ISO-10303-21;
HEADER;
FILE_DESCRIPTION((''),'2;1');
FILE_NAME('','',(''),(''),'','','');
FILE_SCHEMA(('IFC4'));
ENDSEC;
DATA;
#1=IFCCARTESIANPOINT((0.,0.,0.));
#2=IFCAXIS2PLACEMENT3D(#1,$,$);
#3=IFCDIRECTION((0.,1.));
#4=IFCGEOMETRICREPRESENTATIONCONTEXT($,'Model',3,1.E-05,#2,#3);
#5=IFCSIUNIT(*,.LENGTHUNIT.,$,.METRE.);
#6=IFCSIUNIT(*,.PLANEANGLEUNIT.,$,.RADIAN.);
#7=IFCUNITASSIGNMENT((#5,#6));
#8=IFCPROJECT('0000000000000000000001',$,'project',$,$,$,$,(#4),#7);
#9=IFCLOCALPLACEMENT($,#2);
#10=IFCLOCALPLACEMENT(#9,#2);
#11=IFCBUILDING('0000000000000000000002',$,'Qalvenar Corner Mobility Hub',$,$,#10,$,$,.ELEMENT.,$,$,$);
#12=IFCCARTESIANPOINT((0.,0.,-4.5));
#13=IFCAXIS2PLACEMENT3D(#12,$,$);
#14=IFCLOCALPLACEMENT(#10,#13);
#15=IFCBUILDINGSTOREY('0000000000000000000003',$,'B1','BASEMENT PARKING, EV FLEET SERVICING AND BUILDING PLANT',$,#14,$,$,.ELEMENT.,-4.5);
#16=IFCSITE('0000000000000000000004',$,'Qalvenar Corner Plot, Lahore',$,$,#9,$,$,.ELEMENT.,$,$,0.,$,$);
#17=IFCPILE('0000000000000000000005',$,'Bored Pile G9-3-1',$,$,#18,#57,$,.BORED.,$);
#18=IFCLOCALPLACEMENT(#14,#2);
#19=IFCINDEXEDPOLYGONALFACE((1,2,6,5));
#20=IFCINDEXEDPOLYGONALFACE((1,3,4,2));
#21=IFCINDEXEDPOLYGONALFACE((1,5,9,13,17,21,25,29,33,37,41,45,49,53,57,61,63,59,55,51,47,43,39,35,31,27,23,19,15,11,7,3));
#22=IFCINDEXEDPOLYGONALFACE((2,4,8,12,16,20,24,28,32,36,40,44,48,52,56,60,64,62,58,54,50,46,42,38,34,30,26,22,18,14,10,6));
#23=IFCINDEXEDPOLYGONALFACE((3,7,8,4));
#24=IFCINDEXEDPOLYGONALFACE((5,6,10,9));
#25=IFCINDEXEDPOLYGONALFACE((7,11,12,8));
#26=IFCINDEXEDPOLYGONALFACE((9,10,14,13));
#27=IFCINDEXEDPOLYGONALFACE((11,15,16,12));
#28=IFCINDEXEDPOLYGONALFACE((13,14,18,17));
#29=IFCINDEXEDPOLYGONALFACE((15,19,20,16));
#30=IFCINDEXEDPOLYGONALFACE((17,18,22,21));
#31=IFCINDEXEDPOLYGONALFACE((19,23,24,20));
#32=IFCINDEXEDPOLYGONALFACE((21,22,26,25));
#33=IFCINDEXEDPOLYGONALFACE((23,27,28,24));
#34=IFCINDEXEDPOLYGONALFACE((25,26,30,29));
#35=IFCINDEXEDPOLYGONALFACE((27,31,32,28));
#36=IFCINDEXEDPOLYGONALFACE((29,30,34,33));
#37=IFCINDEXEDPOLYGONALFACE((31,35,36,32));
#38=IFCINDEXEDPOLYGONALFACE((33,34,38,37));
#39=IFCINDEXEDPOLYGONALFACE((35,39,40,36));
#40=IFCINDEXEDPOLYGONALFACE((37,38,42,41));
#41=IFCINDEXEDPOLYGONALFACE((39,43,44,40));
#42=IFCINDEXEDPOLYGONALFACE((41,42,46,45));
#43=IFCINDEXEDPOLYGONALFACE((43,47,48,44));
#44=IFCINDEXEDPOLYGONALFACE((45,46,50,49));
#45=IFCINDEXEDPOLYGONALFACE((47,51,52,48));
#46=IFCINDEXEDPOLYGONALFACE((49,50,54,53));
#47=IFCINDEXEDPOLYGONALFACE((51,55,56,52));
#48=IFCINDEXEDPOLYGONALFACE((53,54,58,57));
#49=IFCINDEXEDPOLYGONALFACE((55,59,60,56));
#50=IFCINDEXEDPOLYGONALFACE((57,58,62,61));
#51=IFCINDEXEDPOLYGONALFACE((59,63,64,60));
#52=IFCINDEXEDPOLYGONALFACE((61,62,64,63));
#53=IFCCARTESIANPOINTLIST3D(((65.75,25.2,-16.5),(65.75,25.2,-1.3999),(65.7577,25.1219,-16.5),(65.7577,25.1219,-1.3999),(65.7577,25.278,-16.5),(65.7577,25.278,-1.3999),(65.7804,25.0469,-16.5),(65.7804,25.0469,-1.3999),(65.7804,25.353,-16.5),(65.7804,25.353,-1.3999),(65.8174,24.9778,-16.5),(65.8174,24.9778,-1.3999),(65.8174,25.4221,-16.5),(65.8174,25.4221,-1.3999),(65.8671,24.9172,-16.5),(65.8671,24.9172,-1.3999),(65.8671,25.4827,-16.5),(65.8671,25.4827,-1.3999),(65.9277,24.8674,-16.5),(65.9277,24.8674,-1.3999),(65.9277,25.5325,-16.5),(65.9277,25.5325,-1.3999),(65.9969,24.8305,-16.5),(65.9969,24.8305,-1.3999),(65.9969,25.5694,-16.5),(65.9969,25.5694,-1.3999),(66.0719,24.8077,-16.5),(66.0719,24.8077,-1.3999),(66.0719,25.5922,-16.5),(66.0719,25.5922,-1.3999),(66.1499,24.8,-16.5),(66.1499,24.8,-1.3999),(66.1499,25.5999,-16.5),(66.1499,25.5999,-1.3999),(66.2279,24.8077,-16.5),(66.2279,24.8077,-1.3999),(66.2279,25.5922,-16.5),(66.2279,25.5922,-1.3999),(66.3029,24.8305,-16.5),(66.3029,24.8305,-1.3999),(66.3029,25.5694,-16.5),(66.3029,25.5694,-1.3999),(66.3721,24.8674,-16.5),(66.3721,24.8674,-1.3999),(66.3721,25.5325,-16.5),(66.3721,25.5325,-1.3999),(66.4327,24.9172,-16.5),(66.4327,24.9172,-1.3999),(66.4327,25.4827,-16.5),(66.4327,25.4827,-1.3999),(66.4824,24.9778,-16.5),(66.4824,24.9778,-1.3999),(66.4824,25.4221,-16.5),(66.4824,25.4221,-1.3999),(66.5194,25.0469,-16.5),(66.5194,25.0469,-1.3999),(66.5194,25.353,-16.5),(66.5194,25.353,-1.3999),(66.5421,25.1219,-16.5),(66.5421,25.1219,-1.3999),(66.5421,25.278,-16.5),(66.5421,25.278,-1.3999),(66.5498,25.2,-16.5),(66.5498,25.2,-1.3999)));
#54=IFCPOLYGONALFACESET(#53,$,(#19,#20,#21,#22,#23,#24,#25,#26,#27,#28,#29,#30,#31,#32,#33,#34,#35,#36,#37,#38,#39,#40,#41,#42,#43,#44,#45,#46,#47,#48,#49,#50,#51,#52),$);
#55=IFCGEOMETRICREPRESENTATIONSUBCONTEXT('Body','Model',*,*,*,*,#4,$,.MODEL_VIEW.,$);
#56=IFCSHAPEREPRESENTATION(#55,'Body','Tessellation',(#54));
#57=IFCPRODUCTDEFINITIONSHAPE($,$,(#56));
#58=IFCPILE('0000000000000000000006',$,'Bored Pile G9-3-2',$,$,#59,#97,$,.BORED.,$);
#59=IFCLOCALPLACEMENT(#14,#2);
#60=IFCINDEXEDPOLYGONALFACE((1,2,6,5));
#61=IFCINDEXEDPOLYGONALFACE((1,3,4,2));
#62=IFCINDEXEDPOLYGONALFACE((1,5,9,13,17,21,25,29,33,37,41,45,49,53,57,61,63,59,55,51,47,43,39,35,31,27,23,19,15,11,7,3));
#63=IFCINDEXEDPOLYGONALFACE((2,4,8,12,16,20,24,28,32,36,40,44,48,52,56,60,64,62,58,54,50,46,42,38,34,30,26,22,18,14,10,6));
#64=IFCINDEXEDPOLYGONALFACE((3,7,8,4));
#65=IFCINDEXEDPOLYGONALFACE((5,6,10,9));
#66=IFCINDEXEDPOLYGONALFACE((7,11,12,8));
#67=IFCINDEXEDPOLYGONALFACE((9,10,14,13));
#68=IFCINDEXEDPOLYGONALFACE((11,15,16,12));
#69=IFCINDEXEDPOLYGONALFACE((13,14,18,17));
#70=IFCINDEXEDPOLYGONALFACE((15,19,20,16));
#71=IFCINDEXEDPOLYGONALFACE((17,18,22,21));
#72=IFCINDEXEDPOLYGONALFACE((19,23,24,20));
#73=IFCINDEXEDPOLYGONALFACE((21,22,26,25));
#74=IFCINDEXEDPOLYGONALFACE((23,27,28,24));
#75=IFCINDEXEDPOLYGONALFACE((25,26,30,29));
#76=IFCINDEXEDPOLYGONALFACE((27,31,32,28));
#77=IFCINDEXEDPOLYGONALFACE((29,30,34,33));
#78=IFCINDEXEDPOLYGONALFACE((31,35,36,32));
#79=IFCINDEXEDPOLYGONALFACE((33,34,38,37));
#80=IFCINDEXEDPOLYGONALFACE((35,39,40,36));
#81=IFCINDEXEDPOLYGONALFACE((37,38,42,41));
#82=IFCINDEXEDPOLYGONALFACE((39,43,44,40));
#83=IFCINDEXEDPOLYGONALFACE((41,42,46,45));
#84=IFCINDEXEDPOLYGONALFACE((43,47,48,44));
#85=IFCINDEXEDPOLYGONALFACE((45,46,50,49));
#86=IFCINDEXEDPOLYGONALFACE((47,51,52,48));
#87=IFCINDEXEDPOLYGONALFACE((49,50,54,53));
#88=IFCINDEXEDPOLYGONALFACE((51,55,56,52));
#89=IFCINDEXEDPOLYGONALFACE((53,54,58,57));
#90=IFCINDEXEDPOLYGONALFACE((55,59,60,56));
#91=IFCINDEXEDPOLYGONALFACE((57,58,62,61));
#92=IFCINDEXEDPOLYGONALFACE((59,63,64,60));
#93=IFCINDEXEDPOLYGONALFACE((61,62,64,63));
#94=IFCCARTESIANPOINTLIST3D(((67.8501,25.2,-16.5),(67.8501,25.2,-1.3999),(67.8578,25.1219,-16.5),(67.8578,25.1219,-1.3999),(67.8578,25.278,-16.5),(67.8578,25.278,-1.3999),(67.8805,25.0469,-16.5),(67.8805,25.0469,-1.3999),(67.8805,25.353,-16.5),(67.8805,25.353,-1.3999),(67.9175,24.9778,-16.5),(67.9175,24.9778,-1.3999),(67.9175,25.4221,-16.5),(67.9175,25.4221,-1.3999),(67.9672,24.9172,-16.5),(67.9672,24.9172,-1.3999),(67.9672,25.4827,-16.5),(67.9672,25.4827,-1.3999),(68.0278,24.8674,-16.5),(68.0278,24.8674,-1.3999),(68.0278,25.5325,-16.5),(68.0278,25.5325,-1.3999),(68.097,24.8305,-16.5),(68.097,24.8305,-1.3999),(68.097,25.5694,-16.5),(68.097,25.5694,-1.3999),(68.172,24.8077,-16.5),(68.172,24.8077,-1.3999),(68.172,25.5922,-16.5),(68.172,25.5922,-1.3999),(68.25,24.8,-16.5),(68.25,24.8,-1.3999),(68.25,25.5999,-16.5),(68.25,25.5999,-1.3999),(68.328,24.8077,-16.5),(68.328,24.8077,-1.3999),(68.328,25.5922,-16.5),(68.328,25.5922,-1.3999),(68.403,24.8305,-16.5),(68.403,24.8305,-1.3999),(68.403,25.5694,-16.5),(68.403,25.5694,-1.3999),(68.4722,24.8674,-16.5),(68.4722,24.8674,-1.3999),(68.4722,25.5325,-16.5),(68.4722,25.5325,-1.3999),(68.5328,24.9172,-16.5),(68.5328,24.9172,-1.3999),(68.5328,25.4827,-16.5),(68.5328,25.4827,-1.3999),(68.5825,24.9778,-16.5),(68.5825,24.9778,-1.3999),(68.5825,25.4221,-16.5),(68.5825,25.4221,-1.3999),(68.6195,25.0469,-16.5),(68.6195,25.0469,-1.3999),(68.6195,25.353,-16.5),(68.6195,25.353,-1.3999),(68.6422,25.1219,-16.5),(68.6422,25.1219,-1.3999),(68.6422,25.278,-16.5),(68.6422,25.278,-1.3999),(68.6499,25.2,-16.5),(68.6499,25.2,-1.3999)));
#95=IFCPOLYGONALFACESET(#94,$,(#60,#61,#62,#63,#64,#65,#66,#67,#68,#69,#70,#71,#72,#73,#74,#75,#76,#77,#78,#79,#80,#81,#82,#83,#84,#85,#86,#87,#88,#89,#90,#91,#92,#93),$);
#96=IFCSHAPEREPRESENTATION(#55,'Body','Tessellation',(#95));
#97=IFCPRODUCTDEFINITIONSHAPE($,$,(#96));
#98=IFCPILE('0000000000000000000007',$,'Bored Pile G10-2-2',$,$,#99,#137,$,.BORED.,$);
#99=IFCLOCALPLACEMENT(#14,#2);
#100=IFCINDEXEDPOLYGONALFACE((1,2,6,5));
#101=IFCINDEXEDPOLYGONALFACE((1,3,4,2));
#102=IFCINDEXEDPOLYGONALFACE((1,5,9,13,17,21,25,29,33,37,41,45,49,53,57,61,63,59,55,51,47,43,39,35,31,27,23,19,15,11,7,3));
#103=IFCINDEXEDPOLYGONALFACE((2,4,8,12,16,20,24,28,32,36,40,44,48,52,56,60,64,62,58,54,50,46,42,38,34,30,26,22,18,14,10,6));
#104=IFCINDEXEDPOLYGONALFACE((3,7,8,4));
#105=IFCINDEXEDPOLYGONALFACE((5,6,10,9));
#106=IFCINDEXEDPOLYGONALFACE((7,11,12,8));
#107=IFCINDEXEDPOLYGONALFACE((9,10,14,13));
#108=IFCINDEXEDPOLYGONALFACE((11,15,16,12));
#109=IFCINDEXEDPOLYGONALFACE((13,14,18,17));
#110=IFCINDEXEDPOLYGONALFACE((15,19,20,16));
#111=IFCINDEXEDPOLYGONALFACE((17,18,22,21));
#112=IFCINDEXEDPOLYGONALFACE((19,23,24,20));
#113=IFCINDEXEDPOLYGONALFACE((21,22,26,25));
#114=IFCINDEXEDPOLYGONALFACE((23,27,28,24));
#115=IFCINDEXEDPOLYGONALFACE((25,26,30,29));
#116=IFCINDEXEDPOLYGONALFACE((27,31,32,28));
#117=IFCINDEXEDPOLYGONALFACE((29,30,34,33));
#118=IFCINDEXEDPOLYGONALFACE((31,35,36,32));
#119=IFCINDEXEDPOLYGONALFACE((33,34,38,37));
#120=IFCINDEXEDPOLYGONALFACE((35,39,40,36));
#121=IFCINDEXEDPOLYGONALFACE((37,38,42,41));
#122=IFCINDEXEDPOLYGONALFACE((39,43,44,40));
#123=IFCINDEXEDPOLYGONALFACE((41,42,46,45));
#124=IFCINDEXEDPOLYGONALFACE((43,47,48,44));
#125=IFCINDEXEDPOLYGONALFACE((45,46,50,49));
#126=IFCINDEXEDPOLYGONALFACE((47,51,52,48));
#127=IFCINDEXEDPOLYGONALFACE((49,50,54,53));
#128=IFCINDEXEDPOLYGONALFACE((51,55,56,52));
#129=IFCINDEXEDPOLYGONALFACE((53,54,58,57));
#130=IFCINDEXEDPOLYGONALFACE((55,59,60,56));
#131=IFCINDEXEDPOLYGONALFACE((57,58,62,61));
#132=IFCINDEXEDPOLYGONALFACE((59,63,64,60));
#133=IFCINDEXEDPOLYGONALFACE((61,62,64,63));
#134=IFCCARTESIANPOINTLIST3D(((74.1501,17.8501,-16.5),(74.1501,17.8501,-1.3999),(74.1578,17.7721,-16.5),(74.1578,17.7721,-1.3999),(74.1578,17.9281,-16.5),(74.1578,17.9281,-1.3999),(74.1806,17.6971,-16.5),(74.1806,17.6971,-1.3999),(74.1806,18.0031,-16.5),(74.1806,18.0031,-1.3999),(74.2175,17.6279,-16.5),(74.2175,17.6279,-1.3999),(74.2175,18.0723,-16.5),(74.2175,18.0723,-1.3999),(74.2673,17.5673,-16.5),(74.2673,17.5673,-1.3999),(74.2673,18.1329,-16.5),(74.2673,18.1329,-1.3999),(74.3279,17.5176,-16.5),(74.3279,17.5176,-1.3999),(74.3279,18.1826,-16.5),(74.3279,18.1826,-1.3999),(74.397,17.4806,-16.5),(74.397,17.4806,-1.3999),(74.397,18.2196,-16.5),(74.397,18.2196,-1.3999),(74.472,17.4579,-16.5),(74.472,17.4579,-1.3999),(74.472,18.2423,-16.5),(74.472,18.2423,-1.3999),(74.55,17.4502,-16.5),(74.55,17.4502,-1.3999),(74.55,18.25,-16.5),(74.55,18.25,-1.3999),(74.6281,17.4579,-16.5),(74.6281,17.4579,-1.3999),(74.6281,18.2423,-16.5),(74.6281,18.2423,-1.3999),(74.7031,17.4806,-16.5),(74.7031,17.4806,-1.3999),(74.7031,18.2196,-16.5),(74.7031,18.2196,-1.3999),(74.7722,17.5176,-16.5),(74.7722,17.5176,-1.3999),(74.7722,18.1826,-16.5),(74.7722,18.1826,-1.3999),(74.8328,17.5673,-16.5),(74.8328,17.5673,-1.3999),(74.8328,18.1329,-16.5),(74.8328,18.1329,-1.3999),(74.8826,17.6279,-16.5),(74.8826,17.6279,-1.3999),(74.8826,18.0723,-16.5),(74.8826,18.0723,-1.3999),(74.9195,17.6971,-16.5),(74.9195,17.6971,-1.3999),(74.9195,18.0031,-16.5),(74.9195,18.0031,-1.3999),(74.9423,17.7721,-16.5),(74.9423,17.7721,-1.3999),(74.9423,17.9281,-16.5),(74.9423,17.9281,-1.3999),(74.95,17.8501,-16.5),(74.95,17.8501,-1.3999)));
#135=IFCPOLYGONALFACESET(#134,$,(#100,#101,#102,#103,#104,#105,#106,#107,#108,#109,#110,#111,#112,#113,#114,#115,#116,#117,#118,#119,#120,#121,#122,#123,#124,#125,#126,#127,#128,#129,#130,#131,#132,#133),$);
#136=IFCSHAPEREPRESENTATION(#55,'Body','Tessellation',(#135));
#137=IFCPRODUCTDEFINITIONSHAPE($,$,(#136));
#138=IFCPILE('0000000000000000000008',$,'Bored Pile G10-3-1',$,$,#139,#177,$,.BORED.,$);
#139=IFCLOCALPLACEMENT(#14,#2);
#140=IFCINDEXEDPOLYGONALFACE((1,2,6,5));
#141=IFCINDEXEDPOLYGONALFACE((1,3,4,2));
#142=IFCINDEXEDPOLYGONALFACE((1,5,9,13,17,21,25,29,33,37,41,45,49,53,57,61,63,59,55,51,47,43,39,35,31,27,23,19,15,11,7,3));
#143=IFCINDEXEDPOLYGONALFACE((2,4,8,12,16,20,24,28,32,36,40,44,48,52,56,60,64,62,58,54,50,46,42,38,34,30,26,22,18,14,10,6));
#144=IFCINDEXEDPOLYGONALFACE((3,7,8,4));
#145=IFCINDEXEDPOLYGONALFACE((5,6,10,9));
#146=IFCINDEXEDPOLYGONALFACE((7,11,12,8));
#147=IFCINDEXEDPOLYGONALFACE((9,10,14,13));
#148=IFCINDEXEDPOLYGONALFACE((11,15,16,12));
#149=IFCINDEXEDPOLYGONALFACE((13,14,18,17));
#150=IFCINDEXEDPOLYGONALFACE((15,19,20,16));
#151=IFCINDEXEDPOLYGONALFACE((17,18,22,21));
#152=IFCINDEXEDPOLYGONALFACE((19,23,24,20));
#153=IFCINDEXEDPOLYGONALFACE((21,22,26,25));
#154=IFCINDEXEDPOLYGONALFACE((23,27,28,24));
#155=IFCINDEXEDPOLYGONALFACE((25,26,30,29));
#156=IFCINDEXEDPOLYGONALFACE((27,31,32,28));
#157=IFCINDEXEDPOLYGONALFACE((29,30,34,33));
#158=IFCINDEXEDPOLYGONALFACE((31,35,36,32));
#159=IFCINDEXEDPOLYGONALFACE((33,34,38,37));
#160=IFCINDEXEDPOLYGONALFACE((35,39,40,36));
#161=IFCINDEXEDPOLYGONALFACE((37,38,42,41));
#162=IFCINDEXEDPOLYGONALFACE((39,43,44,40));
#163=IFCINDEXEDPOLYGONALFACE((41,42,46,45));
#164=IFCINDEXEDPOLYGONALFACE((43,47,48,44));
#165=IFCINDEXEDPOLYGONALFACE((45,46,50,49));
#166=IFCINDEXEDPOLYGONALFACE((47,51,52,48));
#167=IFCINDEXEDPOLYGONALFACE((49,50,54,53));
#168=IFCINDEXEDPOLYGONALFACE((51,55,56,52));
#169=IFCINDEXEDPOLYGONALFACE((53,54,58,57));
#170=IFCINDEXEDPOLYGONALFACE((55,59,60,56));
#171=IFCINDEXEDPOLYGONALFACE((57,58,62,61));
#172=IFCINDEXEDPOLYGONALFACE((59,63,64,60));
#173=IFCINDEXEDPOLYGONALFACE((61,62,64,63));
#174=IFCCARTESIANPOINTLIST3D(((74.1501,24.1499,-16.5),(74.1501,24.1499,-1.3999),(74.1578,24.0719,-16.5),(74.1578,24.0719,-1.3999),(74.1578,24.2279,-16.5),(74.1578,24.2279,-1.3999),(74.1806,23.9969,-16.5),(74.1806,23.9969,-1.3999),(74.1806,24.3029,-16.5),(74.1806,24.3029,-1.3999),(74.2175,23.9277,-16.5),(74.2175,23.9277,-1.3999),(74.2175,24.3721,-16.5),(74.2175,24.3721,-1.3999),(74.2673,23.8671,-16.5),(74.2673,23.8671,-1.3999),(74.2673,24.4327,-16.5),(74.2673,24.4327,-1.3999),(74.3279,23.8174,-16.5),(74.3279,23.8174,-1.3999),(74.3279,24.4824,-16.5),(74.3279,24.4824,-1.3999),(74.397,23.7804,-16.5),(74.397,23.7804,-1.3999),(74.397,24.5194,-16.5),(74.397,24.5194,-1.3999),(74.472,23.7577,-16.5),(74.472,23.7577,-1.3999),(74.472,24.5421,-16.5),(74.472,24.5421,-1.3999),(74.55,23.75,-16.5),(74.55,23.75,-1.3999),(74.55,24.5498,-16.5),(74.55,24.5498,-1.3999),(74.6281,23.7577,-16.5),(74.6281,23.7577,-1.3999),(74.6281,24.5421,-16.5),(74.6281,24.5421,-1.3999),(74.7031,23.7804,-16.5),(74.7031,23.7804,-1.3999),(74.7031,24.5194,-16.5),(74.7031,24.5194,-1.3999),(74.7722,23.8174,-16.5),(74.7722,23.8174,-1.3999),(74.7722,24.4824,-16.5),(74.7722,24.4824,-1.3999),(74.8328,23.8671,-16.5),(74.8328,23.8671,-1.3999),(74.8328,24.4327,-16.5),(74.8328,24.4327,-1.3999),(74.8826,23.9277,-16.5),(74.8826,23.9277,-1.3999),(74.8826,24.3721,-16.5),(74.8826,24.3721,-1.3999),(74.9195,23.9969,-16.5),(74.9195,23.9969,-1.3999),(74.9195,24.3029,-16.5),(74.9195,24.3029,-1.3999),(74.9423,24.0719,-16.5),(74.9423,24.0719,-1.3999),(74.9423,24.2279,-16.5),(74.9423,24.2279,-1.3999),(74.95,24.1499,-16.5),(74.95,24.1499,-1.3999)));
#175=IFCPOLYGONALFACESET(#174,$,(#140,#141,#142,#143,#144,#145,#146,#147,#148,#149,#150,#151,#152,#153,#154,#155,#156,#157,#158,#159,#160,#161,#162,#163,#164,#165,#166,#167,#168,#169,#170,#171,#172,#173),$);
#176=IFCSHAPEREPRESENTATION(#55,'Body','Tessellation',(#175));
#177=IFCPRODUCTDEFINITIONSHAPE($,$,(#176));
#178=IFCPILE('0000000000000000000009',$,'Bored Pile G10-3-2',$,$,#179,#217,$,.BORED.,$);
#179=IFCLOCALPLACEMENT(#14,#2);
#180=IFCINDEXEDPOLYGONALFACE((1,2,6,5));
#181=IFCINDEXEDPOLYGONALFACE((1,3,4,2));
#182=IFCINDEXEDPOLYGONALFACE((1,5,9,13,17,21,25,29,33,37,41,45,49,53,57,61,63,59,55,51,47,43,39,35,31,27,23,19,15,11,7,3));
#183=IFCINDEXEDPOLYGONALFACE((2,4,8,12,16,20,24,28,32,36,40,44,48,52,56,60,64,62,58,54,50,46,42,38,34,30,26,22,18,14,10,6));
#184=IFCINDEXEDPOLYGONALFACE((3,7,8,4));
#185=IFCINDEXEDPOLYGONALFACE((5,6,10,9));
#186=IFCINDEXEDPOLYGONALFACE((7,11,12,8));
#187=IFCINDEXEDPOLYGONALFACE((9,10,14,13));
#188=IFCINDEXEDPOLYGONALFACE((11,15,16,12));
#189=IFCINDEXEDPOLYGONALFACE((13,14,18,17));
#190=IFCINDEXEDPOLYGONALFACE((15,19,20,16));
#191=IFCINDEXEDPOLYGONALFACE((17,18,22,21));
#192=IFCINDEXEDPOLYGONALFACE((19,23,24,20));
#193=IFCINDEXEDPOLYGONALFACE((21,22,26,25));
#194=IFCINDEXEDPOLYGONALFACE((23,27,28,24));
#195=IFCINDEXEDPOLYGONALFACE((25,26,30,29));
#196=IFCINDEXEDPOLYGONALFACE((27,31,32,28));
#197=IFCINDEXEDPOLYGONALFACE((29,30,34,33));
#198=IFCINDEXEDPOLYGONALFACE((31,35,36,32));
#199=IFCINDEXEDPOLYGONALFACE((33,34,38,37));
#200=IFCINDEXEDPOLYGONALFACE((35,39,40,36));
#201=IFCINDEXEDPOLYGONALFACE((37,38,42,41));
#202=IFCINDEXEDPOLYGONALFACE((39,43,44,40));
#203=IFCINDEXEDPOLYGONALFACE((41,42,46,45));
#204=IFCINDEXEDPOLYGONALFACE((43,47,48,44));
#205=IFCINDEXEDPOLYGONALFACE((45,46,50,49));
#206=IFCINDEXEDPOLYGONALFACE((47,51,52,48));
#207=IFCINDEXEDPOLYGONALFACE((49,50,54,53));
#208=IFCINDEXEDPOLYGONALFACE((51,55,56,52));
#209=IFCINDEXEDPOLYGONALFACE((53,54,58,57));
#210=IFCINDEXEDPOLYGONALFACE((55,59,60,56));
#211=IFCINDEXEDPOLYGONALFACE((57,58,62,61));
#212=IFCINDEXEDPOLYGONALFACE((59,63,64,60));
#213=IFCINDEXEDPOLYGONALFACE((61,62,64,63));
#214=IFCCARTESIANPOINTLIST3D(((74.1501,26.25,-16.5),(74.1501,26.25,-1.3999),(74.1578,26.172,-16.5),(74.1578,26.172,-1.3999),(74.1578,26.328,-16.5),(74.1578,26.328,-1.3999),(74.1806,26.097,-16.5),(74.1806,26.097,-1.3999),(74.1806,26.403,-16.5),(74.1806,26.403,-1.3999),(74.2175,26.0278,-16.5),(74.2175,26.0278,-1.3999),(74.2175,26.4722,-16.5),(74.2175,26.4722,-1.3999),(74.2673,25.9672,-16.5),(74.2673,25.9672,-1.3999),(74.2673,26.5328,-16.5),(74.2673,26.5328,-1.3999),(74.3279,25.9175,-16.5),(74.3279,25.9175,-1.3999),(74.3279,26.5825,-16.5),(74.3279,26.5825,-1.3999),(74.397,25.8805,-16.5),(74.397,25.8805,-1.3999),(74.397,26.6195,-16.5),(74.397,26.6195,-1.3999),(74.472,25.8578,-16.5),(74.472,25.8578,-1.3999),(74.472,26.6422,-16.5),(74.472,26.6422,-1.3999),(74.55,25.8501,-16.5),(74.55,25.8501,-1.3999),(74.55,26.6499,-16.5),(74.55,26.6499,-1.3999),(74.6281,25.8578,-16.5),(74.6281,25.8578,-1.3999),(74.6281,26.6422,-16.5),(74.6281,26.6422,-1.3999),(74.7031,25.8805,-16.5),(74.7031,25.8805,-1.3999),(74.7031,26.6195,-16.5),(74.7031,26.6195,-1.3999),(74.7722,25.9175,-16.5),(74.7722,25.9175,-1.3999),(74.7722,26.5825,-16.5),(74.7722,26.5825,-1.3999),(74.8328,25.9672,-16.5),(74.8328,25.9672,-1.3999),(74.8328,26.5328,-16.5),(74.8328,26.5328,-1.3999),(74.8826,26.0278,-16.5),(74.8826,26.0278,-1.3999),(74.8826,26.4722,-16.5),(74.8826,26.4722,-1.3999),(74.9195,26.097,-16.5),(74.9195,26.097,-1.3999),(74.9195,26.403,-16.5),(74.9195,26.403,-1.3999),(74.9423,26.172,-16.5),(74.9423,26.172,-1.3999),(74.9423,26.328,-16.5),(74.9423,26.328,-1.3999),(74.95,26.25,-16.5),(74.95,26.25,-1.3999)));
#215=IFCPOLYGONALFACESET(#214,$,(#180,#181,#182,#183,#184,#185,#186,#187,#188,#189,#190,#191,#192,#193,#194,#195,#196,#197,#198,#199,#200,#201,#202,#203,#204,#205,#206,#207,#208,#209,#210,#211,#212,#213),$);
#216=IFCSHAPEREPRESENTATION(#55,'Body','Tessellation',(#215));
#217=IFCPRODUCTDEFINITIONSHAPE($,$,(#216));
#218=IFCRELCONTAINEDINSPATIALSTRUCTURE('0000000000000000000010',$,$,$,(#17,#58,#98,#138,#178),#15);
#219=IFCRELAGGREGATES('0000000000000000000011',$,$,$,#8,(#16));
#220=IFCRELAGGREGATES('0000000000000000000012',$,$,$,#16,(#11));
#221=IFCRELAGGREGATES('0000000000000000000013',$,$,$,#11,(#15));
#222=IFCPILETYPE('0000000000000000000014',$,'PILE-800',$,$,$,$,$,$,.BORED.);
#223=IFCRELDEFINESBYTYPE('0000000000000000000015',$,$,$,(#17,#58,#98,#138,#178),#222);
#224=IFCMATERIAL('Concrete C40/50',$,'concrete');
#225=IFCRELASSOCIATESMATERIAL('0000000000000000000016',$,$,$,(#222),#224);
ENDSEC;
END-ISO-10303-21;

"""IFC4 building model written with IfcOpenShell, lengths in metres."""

from ifc_helpers import new_model, si_unit, direction, frame, origin, origin_2d, place, context, subcontext, project, spatial, circle, extrude, material, material_profile, profile_set, type_object, element, save


model = new_model("IFC4")

# Units and contexts
model_context = context("Model", 3, precision=1e-05, world=origin(), true_north=direction((0.0, 1.0)))
body_context = subcontext(model_context, "Body", "Model", "MODEL_VIEW")
ifc_project = project(units=[si_unit("LENGTHUNIT", "METRE"), si_unit("PLANEANGLEUNIT", "RADIAN")], contexts=[model_context])

# Site, building, storey
site_placement = place(None, origin())
site = spatial("IfcSite", under=ifc_project, at=site_placement, Name="Qalvenar Corner Plot, Lahore", CompositionType="ELEMENT", RefElevation=0.0)
building_placement = place(site_placement, origin())
building = spatial("IfcBuilding", under=site, at=building_placement, Name="Qalvenar Corner Mobility Hub", CompositionType="ELEMENT")
storey_placement = place(building_placement, frame((0.0, 0.0, -4.5)))
storey = spatial("IfcBuildingStorey", under=building, at=storey_placement, Name="B1", Description="BASEMENT PARKING, EV FLEET SERVICING AND BUILDING PLANT", CompositionType="ELEMENT", Elevation=-4.5)

# Shared definitions
ifc_material_1 = material(Name="Concrete C40/50", Category="concrete")

# Piles
ifc_material_profile_1 = material_profile(ifc_material_1, circle(Radius=0.3999, at=origin_2d()), Name="DIA800")
ifc_profile_set_1 = profile_set([ifc_material_profile_1], Name="Concrete C40/50")
pile_type_1 = type_object("IfcPileType", Name="PILE-800", PredefinedType="BORED", material=ifc_profile_set_1)
for number, where, z_axis, x_axis, name in (
    (1, (66.1499, 25.2, -1.3999), (0.0, 0.0, -1.0), (1.0, 0.0, 0.0), "Bored Pile G9-3-1"),
    (2, (68.25, 25.2, -1.3999), (0.0, 0.0, -1.0), (1.0, 0.0, 0.0), "Bored Pile G9-3-2"),
    (3, (74.55, 17.8501, -1.3999), (0.0, 0.0, -1.0), (1.0, 0.0, 0.0), "Bored Pile G10-2-2"),
    (4, (74.55, 24.1499, -1.3999), (0.0, 0.0, -1.0), (1.0, 0.0, 0.0), "Bored Pile G10-3-1"),
    (5, (74.55, 26.25, -1.3999), (0.0, 0.0, -1.0), (1.0, 0.0, 0.0), "Bored Pile G10-3-2"),
):
    element("IfcPile", number, at=place(storey_placement, frame(where, z_axis=z_axis, x_axis=x_axis)), inside=storey, type_object=pile_type_1, Name=name, PredefinedType="BORED", context=body_context, shape_type="SweptSolid", body=[
        extrude(circle(Radius=0.3999, at=origin_2d()), origin(), (0.0, 0.0, 1.0), 15.1001),
    ])

save(model, "model.ifc")
